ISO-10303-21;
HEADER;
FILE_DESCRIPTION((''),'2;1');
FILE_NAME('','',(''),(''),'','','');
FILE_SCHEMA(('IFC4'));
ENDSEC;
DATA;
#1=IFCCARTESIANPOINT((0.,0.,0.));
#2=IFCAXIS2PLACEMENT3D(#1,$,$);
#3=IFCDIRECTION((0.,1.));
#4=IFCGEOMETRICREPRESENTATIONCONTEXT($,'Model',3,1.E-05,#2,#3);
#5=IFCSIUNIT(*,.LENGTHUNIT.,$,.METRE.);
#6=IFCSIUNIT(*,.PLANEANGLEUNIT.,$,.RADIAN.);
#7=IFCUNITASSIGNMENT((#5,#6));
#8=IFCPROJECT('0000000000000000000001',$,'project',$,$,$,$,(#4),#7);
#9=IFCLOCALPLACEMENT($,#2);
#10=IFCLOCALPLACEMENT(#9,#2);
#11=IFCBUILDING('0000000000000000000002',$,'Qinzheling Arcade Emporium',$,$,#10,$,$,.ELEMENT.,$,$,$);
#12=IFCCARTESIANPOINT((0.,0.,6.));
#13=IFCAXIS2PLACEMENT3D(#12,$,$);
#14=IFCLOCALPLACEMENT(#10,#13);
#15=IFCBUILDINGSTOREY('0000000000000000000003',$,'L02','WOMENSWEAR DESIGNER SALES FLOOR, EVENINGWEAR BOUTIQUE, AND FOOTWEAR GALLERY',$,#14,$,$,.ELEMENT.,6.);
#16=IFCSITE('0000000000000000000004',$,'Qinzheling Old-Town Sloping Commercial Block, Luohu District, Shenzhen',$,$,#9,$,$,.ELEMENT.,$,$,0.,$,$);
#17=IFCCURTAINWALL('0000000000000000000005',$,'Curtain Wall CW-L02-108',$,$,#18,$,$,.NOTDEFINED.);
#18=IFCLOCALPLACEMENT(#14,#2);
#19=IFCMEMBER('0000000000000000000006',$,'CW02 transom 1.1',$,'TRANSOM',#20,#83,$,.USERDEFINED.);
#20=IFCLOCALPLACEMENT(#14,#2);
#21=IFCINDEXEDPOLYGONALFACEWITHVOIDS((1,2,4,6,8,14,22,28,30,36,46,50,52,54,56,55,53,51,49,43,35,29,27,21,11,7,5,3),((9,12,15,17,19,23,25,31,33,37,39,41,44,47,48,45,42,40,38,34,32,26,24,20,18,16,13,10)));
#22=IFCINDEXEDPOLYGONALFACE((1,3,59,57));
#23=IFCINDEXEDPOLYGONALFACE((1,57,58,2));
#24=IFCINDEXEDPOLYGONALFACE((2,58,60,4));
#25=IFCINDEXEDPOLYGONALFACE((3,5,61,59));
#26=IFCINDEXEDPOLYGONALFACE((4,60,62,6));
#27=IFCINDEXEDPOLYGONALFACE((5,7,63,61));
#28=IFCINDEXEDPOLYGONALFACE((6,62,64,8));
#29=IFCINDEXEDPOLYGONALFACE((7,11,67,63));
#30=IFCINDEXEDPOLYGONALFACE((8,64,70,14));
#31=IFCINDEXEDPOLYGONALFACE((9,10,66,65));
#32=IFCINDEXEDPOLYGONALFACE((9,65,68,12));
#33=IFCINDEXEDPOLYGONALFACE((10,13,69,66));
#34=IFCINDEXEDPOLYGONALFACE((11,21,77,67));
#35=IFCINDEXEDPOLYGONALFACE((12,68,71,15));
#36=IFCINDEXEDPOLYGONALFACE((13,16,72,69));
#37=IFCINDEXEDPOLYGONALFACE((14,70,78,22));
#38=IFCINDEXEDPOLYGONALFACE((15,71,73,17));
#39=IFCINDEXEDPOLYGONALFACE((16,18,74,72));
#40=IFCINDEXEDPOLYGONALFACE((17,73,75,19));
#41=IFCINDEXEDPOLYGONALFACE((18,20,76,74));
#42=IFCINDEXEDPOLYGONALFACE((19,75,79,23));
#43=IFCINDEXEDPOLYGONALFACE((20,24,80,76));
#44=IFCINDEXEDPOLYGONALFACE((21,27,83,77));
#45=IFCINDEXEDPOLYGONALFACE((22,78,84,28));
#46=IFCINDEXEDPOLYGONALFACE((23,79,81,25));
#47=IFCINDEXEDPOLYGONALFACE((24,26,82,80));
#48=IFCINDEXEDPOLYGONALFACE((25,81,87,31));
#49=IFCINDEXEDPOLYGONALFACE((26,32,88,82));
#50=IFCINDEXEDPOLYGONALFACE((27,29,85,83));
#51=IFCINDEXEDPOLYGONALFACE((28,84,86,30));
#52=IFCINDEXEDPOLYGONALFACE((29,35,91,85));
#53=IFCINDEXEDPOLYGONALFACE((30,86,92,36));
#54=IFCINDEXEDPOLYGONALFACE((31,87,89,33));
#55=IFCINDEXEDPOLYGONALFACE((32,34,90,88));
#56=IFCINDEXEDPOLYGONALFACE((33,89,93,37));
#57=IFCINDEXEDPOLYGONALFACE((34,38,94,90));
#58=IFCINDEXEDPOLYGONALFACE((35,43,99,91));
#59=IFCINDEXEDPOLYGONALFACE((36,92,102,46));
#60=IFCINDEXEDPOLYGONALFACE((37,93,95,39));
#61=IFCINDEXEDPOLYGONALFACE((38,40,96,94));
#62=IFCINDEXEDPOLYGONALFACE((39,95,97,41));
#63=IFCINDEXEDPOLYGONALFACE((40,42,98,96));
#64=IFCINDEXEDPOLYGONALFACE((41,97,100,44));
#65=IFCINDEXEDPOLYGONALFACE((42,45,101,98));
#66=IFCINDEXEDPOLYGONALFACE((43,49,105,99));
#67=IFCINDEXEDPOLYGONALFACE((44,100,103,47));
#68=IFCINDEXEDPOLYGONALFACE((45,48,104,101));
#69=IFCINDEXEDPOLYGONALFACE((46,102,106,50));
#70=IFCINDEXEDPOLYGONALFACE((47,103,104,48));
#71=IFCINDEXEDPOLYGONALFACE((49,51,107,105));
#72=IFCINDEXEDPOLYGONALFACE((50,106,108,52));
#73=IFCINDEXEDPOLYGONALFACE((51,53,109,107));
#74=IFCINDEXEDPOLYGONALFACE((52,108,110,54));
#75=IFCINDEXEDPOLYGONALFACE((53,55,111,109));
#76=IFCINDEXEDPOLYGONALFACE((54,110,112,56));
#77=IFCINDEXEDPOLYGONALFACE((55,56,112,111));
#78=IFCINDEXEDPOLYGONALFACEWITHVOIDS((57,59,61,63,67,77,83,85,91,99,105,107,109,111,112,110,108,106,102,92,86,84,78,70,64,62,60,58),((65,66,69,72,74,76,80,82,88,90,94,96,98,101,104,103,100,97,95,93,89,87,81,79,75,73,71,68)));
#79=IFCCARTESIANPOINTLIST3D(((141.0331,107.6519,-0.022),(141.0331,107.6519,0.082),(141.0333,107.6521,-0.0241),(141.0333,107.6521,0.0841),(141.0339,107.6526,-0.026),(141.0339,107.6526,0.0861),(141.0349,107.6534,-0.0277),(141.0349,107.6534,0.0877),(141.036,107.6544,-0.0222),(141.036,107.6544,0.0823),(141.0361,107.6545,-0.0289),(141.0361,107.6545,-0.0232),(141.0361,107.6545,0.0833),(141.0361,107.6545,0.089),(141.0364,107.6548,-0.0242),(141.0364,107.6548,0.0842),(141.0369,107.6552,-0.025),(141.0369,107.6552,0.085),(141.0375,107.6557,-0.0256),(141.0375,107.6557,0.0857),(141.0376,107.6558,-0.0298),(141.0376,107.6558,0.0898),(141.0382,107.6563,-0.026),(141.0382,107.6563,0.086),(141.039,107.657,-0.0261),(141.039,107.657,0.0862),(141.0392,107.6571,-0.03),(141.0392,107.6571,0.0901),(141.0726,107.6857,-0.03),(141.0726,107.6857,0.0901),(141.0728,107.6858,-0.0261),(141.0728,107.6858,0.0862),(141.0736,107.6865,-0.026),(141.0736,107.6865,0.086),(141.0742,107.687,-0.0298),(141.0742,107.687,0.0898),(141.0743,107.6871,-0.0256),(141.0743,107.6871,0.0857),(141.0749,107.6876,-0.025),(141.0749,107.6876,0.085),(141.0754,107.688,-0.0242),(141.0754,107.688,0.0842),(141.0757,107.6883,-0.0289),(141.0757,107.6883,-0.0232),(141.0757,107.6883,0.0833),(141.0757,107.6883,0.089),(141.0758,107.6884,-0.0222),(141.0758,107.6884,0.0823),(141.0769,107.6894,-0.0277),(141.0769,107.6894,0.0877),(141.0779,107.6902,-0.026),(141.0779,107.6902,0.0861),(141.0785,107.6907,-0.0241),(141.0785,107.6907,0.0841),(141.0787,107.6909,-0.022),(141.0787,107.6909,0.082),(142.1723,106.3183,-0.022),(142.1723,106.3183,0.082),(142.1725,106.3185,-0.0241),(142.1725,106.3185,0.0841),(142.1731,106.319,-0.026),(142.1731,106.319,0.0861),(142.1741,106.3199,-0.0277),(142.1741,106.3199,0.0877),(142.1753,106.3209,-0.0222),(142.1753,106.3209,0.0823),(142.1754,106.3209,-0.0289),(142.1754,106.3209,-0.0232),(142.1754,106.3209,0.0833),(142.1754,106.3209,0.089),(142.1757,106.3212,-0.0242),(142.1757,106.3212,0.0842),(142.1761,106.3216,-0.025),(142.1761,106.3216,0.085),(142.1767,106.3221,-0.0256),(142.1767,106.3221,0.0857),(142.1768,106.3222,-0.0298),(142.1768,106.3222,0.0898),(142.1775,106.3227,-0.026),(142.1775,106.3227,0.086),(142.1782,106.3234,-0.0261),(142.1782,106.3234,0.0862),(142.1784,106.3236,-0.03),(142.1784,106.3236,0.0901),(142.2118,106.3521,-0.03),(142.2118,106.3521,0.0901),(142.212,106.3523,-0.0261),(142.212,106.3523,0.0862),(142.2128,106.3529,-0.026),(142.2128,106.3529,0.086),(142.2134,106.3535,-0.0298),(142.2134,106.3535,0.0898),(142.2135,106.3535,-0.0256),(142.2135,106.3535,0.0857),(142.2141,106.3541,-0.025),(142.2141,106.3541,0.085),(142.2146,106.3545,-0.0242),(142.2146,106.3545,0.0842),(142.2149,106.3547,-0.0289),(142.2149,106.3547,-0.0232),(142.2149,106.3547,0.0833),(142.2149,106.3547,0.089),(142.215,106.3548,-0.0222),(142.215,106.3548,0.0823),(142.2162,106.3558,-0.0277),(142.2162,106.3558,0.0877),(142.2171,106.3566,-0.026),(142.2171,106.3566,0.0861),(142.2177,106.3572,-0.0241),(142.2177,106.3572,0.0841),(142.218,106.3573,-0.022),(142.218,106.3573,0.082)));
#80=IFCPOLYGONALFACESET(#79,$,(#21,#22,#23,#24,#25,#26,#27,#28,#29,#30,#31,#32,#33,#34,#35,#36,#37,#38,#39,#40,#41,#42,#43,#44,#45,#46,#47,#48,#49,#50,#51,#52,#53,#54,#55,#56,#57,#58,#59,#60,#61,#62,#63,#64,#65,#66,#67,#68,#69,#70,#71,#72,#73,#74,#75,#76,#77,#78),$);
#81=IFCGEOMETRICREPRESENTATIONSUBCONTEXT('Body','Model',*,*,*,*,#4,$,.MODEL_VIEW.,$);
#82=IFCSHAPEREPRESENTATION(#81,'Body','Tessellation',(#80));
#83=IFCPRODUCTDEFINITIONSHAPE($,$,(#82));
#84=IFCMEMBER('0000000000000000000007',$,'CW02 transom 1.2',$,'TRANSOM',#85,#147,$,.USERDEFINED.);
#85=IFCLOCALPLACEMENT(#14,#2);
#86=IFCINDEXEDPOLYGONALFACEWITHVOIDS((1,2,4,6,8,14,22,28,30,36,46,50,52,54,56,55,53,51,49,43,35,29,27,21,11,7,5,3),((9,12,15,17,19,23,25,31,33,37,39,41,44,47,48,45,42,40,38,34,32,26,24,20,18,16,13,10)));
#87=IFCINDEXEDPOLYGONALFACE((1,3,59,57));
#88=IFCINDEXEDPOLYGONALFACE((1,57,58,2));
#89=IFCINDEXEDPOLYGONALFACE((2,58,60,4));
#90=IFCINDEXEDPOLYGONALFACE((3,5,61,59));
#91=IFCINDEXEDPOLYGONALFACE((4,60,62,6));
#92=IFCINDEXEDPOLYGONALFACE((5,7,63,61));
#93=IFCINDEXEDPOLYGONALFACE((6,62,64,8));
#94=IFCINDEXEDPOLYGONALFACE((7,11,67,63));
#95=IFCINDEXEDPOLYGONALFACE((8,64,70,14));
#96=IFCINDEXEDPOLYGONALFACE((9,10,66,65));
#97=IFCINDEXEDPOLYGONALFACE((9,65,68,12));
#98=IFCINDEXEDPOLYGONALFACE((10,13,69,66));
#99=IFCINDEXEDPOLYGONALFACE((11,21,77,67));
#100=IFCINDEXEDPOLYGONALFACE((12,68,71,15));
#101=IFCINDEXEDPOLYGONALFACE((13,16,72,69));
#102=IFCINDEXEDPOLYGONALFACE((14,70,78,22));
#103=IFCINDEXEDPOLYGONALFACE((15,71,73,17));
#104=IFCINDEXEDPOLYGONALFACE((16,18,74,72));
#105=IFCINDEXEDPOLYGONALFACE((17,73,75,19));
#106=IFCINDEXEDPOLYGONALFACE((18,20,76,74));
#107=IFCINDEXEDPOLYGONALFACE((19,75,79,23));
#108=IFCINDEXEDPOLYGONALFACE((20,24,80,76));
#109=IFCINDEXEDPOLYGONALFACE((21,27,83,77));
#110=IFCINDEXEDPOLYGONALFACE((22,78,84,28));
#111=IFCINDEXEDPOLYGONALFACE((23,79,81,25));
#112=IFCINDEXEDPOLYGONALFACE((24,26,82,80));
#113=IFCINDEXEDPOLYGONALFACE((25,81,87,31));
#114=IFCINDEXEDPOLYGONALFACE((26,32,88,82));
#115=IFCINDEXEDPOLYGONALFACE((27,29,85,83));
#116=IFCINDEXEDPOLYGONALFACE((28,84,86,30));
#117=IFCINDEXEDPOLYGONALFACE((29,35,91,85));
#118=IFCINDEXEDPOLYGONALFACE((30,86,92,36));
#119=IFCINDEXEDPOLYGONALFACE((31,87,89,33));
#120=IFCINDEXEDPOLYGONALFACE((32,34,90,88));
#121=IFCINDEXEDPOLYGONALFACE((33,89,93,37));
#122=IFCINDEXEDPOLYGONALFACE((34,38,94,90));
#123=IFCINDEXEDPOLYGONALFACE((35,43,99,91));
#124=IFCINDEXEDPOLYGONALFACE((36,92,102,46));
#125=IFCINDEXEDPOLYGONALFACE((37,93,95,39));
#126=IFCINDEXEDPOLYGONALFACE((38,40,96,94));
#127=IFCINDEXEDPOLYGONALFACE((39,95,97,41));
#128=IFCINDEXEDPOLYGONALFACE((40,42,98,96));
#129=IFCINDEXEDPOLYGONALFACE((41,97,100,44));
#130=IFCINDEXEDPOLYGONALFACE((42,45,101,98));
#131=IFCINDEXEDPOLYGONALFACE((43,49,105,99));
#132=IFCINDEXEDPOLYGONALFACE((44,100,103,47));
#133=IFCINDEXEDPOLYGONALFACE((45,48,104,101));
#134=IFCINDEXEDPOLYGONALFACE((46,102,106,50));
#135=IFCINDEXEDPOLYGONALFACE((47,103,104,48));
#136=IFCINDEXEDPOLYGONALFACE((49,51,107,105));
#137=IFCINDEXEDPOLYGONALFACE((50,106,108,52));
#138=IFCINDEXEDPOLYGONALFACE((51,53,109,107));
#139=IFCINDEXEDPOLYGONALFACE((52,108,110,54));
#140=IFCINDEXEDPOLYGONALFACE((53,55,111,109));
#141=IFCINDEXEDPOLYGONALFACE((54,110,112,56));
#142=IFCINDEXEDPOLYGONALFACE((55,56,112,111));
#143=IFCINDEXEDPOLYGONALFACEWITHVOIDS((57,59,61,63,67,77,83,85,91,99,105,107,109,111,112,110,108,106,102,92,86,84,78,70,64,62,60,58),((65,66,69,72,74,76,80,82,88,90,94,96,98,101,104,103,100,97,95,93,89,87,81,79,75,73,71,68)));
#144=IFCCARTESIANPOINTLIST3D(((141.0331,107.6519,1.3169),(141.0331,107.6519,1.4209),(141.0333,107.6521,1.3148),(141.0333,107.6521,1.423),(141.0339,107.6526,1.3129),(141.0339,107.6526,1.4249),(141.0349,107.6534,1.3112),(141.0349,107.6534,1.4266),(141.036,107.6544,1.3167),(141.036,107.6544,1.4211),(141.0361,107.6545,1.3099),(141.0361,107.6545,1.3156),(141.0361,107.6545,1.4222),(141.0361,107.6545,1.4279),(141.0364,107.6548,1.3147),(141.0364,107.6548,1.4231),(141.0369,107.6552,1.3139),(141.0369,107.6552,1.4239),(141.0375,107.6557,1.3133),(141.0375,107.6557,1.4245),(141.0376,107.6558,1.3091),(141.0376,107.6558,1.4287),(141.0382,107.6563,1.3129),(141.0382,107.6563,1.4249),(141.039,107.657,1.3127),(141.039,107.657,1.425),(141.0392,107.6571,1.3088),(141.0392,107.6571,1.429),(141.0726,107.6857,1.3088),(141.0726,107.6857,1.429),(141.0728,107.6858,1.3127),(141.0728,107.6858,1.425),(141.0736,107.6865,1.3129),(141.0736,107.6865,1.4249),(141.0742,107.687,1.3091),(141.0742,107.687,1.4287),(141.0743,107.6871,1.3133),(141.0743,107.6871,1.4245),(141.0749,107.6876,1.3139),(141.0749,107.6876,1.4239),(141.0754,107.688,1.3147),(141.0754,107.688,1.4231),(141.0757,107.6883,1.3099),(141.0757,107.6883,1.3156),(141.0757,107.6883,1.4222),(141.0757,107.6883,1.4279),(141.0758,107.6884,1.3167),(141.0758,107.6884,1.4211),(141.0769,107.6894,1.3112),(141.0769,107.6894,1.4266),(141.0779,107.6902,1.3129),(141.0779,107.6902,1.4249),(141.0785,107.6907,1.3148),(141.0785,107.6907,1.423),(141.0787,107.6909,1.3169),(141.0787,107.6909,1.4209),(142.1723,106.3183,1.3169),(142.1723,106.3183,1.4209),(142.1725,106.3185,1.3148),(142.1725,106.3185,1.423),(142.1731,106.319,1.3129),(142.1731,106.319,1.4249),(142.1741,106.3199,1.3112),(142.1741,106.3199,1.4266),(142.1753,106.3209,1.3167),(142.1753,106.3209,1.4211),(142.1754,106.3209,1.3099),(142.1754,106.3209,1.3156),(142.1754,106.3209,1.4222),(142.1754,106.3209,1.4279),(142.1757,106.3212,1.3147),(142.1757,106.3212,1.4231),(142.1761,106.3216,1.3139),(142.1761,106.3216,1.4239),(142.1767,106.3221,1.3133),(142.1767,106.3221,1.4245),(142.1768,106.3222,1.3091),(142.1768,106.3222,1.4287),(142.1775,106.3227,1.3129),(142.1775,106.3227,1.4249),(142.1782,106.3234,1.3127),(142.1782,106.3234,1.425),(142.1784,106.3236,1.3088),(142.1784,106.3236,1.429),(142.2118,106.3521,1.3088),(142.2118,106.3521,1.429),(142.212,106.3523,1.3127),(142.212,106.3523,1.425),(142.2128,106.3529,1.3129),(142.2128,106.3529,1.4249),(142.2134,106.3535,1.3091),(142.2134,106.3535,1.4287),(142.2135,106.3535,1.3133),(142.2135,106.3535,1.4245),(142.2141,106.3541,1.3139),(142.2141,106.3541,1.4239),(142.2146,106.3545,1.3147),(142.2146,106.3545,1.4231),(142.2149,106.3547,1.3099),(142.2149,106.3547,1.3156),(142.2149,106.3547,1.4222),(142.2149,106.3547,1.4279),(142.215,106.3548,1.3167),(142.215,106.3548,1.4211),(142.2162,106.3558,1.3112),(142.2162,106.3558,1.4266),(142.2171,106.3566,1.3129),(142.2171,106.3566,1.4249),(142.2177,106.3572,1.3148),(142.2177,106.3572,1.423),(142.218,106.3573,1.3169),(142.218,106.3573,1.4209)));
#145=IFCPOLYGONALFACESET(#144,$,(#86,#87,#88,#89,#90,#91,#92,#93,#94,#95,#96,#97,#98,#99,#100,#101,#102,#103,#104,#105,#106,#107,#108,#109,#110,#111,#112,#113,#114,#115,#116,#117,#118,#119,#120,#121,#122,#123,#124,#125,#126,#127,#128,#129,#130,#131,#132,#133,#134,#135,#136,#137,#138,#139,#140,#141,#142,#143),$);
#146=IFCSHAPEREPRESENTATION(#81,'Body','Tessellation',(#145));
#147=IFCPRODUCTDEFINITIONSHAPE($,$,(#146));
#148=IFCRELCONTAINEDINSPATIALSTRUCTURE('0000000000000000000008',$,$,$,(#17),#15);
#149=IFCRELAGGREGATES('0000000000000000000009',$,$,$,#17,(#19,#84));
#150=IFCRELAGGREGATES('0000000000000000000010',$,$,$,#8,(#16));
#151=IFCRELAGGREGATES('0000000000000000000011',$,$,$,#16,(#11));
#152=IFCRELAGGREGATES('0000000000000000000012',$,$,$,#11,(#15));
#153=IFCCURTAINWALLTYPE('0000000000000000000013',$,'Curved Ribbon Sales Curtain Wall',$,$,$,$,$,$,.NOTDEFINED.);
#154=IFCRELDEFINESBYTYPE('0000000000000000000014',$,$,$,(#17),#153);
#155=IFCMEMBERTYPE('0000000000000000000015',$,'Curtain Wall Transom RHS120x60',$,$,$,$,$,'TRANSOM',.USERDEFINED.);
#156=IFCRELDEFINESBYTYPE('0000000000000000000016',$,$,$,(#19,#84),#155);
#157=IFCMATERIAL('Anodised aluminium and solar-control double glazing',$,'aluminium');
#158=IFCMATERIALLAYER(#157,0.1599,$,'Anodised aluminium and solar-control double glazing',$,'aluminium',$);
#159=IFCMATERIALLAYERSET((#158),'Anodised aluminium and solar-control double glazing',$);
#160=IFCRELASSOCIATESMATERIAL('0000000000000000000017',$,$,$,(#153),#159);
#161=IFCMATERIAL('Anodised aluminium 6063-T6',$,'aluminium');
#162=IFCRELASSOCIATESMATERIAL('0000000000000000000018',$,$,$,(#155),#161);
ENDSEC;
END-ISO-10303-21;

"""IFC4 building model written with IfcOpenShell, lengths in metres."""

from ifc_helpers import new_model, si_unit, direction, frame, origin, origin_2d, place, context, subcontext, project, spatial, hollow_rectangle, extrude, material, layer, layer_set, material_profile, profile_set, type_object, element, aggregate, save


model = new_model("IFC4")

# Units and contexts
model_context = context("Model", 3, precision=1e-05, world=origin(), true_north=direction((0.0, 1.0)))
body_context = subcontext(model_context, "Body", "Model", "MODEL_VIEW")
ifc_project = project(units=[si_unit("LENGTHUNIT", "METRE"), si_unit("PLANEANGLEUNIT", "RADIAN")], contexts=[model_context])

# Site, building, storey
site_placement = place(None, origin())
site = spatial("IfcSite", under=ifc_project, at=site_placement, Name="Qinzheling Old-Town Sloping Commercial Block, Luohu District, Shenzhen", CompositionType="ELEMENT", RefElevation=0.0)
building_placement = place(site_placement, origin())
building = spatial("IfcBuilding", under=site, at=building_placement, Name="Qinzheling Arcade Emporium", CompositionType="ELEMENT")
storey_placement = place(building_placement, frame((0.0, 0.0, 6.0)))
storey = spatial("IfcBuildingStorey", under=building, at=storey_placement, Name="L02", Description="WOMENSWEAR DESIGNER SALES FLOOR, EVENINGWEAR BOUTIQUE, AND FOOTWEAR GALLERY", CompositionType="ELEMENT", Elevation=6.0)

# Shared definitions
ifc_material_1 = material(Name="Anodised aluminium and solar-control double glazing", Category="aluminium")
ifc_layer_1 = layer(ifc_material_1, 0.1599, Name="Anodised aluminium and solar-control double glazing", Category="aluminium")
ifc_layer_set_1 = layer_set([ifc_layer_1], Name="Anodised aluminium and solar-control double glazing")
curtain_wall_type = type_object("IfcCurtainWallType", Name="Curved Ribbon Sales Curtain Wall", PredefinedType="NOTDEFINED", material=ifc_layer_set_1)
ifc_material_2 = material(Name="Anodised aluminium 6063-T6", Category="aluminium")

# Curtain wall, members
curtain_wall_1_placement = place(storey_placement, origin())
curtain_wall_1 = element("IfcCurtainWall", 1, at=curtain_wall_1_placement, inside=storey, type_object=curtain_wall_type, Name="Curtain Wall CW-L02-108", PredefinedType="NOTDEFINED")
ifc_material_profile_1 = material_profile(ifc_material_2, hollow_rectangle(XDim=0.0601, YDim=0.1201, WallThickness=0.0039, InnerFilletRadius=0.0039, OuterFilletRadius=0.0081, at=origin_2d()), Name="RHS 120x60x4", Category="aluminium")
ifc_profile_set_1 = profile_set([ifc_material_profile_1], Name="Anodised aluminium 6063-T6")
member_type_1 = type_object("IfcMemberType", Name="Curtain Wall Transom RHS120x60", ElementType="TRANSOM", PredefinedType="USERDEFINED", material=ifc_profile_set_1)
member_1_placement = place(storey_placement, frame((141.0559, 107.6714, 0.03), z_axis=(0.649529, -0.760336, 0.0), x_axis=(0.760336, 0.649529, 0.0)))
member_1 = element("IfcMember", 2, at=member_1_placement, type_object=member_type_1, Name="CW02 transom 1.1", ObjectType="TRANSOM", PredefinedType="USERDEFINED", context=body_context, shape_type="SweptSolid", body=[
    extrude(hollow_rectangle(XDim=0.0601, YDim=0.1201, WallThickness=0.0039, InnerFilletRadius=0.0039, OuterFilletRadius=0.0081, at=origin_2d()), origin(), (0.0, 0.0, 1.0), 1.7539),
])
member_2_placement = place(storey_placement, frame((141.0559, 107.6714, 1.3689), z_axis=(0.649529, -0.760336, 0.0), x_axis=(0.760336, 0.649529, 0.0)))
member_2 = element("IfcMember", 3, at=member_2_placement, type_object=member_type_1, Name="CW02 transom 1.2", ObjectType="TRANSOM", PredefinedType="USERDEFINED", context=body_context, shape_type="SweptSolid", body=[
    extrude(hollow_rectangle(XDim=0.0601, YDim=0.1201, WallThickness=0.0039, InnerFilletRadius=0.0039, OuterFilletRadius=0.0081, at=origin_2d()), origin(), (0.0, 0.0, 1.0), 1.7539),
])

aggregate(curtain_wall_1, [member_1, member_2])

save(model, "model.ifc")
